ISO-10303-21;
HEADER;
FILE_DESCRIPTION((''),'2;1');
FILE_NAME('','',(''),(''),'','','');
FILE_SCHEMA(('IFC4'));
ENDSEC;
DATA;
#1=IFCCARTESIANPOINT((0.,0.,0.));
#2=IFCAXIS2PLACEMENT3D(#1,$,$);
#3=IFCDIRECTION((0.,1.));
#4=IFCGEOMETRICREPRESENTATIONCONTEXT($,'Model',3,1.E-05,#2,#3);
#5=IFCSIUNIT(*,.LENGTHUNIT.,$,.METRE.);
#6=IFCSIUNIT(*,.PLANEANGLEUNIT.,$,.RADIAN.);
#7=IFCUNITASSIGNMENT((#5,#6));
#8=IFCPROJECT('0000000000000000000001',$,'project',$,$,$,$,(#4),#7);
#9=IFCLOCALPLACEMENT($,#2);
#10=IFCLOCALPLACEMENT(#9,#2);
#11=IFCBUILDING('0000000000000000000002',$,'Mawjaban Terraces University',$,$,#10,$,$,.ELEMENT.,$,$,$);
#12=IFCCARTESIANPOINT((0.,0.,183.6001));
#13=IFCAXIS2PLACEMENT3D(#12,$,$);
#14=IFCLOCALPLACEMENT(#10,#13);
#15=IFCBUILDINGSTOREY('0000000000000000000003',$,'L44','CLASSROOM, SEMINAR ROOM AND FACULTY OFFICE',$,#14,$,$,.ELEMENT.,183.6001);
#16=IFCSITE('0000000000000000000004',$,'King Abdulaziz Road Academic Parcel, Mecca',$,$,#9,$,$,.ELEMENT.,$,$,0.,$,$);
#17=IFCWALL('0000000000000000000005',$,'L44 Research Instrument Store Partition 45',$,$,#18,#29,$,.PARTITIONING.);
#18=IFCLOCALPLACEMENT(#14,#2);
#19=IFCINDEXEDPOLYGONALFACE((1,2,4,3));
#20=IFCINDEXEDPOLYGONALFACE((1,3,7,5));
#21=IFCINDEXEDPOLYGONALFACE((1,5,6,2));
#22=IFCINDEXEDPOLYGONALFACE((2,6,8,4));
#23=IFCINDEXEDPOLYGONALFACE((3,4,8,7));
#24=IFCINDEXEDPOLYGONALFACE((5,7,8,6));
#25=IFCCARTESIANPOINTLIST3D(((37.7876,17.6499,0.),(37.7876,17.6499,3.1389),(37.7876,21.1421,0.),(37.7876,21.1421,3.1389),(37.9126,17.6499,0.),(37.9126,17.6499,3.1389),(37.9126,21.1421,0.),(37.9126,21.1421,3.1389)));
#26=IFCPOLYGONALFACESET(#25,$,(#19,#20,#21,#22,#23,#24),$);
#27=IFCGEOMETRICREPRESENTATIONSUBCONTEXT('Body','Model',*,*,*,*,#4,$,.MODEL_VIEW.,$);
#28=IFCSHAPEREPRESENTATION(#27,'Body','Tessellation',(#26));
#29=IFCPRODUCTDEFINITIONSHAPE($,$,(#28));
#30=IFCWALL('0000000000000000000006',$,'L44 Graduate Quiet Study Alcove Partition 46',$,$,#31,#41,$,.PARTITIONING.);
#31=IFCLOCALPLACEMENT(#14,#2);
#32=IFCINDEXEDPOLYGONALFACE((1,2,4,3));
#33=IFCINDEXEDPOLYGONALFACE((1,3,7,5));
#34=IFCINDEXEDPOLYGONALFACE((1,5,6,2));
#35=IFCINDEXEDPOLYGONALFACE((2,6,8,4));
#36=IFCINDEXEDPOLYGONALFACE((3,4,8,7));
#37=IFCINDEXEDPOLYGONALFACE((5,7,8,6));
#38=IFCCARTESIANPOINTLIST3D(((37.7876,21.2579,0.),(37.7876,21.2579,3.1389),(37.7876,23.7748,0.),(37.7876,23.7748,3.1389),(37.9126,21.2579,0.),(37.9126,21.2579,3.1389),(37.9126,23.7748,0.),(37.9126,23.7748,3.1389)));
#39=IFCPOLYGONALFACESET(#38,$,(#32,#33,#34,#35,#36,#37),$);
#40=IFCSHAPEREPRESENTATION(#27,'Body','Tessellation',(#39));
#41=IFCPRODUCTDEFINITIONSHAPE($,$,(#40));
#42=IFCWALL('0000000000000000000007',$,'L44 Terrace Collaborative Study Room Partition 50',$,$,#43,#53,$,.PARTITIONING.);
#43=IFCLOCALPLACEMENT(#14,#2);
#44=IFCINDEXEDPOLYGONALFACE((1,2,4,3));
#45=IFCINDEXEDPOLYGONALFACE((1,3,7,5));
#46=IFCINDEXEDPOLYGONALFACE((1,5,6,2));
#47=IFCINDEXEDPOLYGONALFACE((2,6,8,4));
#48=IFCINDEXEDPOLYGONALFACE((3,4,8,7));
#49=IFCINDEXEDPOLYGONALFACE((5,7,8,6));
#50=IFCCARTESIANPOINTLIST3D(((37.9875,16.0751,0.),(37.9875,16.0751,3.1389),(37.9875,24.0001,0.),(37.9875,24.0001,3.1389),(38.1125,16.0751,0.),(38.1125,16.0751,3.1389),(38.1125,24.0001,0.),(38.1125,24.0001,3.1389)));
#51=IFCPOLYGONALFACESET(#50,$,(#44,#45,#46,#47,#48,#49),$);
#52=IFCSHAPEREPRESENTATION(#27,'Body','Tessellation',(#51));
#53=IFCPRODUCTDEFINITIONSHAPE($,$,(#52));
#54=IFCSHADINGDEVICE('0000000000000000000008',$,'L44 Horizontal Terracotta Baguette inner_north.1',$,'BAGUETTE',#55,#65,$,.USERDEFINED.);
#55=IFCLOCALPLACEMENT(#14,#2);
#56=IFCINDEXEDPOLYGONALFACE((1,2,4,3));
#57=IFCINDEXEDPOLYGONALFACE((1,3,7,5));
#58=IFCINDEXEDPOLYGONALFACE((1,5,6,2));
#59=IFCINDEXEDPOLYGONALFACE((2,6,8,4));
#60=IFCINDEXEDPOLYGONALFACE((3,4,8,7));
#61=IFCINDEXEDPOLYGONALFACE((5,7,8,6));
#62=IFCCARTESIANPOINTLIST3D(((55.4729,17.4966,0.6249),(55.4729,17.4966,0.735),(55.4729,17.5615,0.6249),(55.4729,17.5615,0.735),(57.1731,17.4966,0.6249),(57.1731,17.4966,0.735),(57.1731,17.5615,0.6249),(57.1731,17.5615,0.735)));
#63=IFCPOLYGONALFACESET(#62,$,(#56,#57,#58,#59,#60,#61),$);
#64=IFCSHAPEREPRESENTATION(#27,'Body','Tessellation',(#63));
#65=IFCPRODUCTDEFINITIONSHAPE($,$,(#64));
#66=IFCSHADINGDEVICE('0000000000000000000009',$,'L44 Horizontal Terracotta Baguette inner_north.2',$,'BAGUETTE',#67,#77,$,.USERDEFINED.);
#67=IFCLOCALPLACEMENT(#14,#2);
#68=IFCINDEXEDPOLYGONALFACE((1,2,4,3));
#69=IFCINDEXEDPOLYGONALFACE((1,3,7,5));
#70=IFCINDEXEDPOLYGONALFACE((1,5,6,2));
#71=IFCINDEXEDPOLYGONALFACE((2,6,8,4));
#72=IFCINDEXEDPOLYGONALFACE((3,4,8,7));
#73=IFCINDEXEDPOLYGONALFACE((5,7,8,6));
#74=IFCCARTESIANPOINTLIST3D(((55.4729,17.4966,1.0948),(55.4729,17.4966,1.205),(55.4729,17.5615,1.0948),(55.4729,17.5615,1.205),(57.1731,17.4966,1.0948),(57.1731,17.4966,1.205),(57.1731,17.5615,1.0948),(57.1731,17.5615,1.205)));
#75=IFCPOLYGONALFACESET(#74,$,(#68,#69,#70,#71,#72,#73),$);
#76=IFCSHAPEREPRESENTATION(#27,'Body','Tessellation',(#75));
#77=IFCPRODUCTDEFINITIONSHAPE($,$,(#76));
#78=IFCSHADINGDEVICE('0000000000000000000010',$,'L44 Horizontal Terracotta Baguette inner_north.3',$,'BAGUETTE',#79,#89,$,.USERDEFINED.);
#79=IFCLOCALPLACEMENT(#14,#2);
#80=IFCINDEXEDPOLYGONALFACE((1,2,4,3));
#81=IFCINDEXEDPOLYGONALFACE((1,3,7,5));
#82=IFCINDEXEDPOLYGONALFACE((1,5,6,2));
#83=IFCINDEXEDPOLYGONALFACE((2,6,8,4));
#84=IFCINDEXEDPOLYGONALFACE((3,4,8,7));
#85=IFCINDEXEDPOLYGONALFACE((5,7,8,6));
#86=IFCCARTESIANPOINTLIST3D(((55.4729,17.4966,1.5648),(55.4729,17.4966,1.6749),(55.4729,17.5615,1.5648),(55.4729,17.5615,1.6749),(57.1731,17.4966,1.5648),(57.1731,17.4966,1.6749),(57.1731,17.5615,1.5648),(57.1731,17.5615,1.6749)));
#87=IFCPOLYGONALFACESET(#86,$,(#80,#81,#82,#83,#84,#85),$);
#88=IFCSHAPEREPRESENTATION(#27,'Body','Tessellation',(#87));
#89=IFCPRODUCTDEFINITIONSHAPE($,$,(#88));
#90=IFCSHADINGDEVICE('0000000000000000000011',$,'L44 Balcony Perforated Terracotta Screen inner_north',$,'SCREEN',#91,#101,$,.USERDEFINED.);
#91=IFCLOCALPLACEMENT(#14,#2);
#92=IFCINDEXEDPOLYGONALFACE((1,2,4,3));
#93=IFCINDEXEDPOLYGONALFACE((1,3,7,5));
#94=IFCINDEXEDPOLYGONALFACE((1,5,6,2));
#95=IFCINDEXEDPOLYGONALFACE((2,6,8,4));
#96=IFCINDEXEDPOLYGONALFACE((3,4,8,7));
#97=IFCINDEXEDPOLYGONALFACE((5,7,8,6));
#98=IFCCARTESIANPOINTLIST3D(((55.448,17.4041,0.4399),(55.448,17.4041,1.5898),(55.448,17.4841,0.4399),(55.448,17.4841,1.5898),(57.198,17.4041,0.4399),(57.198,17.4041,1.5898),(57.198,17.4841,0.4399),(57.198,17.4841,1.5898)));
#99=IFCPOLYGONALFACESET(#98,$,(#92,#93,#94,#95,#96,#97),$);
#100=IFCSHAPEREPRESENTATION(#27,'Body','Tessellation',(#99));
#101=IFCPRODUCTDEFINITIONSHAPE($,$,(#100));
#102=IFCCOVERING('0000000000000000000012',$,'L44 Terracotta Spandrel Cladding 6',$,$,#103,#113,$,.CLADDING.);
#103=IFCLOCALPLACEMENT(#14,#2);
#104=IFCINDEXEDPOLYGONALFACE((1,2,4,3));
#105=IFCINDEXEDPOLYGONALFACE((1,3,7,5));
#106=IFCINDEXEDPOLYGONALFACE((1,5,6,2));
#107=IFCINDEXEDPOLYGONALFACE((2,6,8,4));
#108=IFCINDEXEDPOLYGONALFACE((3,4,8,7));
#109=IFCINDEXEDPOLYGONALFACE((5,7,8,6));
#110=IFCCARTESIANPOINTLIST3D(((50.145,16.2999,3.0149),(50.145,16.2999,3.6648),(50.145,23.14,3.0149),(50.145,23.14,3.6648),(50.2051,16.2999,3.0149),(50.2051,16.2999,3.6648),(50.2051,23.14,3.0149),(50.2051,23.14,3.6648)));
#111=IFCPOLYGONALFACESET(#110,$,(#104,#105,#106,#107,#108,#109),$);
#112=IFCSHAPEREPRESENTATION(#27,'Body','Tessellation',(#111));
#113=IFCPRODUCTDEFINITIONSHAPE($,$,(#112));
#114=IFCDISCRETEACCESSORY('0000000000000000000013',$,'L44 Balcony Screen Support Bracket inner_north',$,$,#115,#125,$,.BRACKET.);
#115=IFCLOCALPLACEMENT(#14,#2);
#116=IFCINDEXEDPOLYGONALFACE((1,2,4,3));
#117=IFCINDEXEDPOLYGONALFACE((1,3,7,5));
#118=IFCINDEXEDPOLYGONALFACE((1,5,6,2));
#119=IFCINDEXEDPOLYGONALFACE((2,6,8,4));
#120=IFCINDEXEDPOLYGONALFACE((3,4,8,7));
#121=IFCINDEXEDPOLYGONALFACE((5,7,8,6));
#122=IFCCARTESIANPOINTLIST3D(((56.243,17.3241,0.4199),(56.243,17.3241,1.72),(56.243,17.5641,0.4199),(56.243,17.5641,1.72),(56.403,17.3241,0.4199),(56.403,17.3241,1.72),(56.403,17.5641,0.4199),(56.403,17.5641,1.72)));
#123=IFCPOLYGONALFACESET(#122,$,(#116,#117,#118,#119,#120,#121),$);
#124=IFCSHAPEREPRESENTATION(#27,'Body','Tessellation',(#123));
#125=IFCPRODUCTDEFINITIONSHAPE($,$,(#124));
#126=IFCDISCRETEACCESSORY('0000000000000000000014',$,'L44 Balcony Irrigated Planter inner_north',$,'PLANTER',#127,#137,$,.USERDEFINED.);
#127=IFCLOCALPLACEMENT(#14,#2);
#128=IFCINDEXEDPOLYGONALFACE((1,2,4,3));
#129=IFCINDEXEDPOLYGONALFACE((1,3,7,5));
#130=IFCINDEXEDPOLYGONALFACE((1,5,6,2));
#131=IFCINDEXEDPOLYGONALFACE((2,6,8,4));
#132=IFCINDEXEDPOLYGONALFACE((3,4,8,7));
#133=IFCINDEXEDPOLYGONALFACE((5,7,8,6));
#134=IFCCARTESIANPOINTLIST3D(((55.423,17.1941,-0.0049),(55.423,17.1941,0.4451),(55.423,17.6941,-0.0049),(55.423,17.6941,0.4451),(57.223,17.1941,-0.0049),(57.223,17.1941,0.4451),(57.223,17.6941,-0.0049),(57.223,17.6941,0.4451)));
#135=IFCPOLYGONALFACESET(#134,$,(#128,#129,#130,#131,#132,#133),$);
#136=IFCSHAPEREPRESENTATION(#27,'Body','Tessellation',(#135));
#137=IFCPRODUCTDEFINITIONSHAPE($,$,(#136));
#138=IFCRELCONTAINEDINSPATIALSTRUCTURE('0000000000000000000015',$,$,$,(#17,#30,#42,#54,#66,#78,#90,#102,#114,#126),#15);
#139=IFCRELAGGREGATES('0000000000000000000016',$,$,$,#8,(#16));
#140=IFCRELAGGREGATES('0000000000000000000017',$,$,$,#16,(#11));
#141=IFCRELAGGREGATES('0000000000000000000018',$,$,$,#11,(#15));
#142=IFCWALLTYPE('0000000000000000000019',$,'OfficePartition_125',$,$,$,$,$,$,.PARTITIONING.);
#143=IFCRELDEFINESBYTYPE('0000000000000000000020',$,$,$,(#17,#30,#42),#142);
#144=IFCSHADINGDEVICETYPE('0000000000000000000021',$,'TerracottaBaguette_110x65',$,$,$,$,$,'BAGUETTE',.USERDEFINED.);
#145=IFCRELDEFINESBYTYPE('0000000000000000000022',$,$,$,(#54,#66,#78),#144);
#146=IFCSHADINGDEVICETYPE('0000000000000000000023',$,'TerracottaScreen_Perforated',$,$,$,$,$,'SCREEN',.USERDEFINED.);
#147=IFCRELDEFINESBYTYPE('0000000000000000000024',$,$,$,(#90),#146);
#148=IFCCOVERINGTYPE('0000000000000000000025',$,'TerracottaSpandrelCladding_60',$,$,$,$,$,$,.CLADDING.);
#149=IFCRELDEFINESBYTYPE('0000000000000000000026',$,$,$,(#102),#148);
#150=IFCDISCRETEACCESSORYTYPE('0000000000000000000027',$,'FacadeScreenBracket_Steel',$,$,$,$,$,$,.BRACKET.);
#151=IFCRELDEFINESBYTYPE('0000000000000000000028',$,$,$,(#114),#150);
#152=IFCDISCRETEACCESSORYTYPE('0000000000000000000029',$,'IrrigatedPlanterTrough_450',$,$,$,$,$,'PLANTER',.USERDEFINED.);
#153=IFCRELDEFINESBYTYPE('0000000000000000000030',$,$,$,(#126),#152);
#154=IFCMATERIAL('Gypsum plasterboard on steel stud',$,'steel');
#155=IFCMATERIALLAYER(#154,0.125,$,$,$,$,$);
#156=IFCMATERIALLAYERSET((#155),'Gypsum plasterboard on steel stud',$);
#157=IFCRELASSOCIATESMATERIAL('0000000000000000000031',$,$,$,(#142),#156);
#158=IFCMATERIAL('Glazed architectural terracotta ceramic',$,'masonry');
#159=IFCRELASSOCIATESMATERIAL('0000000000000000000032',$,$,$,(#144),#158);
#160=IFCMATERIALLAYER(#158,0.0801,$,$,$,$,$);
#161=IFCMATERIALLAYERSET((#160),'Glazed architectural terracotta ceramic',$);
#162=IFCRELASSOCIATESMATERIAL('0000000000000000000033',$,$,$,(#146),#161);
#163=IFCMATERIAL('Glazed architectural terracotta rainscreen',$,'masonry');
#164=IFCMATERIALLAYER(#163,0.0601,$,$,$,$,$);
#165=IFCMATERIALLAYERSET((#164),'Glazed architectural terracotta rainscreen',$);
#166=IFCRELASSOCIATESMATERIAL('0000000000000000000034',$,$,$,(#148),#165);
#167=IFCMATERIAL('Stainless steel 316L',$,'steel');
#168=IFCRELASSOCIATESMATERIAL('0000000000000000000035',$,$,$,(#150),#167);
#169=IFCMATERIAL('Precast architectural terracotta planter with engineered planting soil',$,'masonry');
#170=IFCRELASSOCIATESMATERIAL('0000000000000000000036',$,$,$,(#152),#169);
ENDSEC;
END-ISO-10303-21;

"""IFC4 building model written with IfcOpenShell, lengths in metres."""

from ifc_helpers import new_model, si_unit, direction, frame, frame_2d, origin, origin_2d, place, context, subcontext, project, spatial, rectangle, extrude, material, layer, layer_set, material_profile, profile_set, type_object, element, save


model = new_model("IFC4")

# Units and contexts
model_context = context("Model", 3, precision=1e-05, world=origin(), true_north=direction((0.0, 1.0)))
body_context = subcontext(model_context, "Body", "Model", "MODEL_VIEW")
ifc_project = project(units=[si_unit("LENGTHUNIT", "METRE"), si_unit("PLANEANGLEUNIT", "RADIAN")], contexts=[model_context])

# Site, building, storey
site_placement = place(None, origin())
site = spatial("IfcSite", under=ifc_project, at=site_placement, Name="King Abdulaziz Road Academic Parcel, Mecca", CompositionType="ELEMENT", RefElevation=0.0)
building_placement = place(site_placement, origin())
building = spatial("IfcBuilding", under=site, at=building_placement, Name="Mawjaban Terraces University", CompositionType="ELEMENT")
storey_placement = place(building_placement, frame((0.0, 0.0, 183.6001)))
storey = spatial("IfcBuildingStorey", under=building, at=storey_placement, Name="L44", Description="CLASSROOM, SEMINAR ROOM AND FACULTY OFFICE", CompositionType="ELEMENT", Elevation=183.6001)

# Walls
ifc_material_1 = material(Name="Gypsum plasterboard on steel stud", Category="steel")
ifc_layer_1 = layer(ifc_material_1, 0.125)
ifc_layer_set_1 = layer_set([ifc_layer_1], Name="Gypsum plasterboard on steel stud")
wall_type_1 = type_object("IfcWallType", Name="OfficePartition_125", PredefinedType="PARTITIONING", material=ifc_layer_set_1)
wall_1_placement = place(storey_placement, frame((37.8501, 17.6499, 0.0), z_axis=(0.0, 0.0, 1.0), x_axis=(0.0, 1.0, 0.0)))
element("IfcWall", 1, at=wall_1_placement, inside=storey, type_object=wall_type_1, Name="L44 Research Instrument Store Partition 45", PredefinedType="PARTITIONING", context=body_context, shape_type="SweptSolid", body=[
    extrude(rectangle(XDim=3.4922, YDim=0.125, at=frame_2d((1.7461, 0.0))), origin(), (0.0, 0.0, 1.0), 3.1389),
])
wall_2_placement = place(storey_placement, frame((37.8501, 21.2581, 0.0), z_axis=(0.0, 0.0, 1.0), x_axis=(0.0, 1.0, 0.0)))
element("IfcWall", 2, at=wall_2_placement, inside=storey, type_object=wall_type_1, Name="L44 Graduate Quiet Study Alcove Partition 46", PredefinedType="PARTITIONING", context=body_context, shape_type="SweptSolid", body=[
    extrude(rectangle(XDim=2.5168, YDim=0.125, at=frame_2d((1.2583, 0.0))), origin(), (0.0, 0.0, 1.0), 3.1389),
])
wall_3_placement = place(storey_placement, frame((38.05, 24.0, 0.0), z_axis=(0.0, 0.0, 1.0), x_axis=(0.0, -1.0, 0.0)))
element("IfcWall", 3, at=wall_3_placement, inside=storey, type_object=wall_type_1, Name="L44 Terrace Collaborative Study Room Partition 50", PredefinedType="PARTITIONING", context=body_context, shape_type="SweptSolid", body=[
    extrude(rectangle(XDim=7.925, YDim=0.125, at=frame_2d((3.9624, 0.0))), origin(), (0.0, 0.0, 1.0), 3.1389),
])

# Shading devices
ifc_material_2 = material(Name="Glazed architectural terracotta ceramic", Category="masonry")
ifc_material_profile_1 = material_profile(ifc_material_2, rectangle(XDim=0.0649, YDim=0.1101, at=origin_2d()), Name="TBAG110X65")
ifc_profile_set_1 = profile_set([ifc_material_profile_1], Name="Glazed architectural terracotta ceramic")
shading_device_type_1 = type_object("IfcShadingDeviceType", Name="TerracottaBaguette_110x65", ElementType="BAGUETTE", PredefinedType="USERDEFINED", material=ifc_profile_set_1)
for number, where, z_axis, x_axis, name in (
    (4, (55.4729, 17.5291, 0.6799), (1.0, 0.0, 0.0), (0.0, 1.0, 0.0), "L44 Horizontal Terracotta Baguette inner_north.1"),
    (5, (55.4729, 17.5291, 1.1499), (1.0, 0.0, 0.0), (0.0, 1.0, 0.0), "L44 Horizontal Terracotta Baguette inner_north.2"),
    (6, (55.4729, 17.5291, 1.6199), (1.0, 0.0, 0.0), (0.0, 1.0, 0.0), "L44 Horizontal Terracotta Baguette inner_north.3"),
):
    element("IfcShadingDevice", number, at=place(storey_placement, frame(where, z_axis=z_axis, x_axis=x_axis)), inside=storey, type_object=shading_device_type_1, Name=name, ObjectType="BAGUETTE", PredefinedType="USERDEFINED", context=body_context, shape_type="SweptSolid", body=[
        extrude(rectangle(XDim=0.0649, YDim=0.1101, at=origin_2d()), origin(), (0.0, 0.0, 1.0), 1.7002),
    ])
ifc_layer_2 = layer(ifc_material_2, 0.0801)
ifc_layer_set_2 = layer_set([ifc_layer_2], Name="Glazed architectural terracotta ceramic")
shading_device_type_2 = type_object("IfcShadingDeviceType", Name="TerracottaScreen_Perforated", ElementType="SCREEN", PredefinedType="USERDEFINED", material=ifc_layer_set_2)
shading_device_placement = place(storey_placement, frame((56.323, 17.4441, 0.4399), z_axis=(0.0, 0.0, 1.0), x_axis=(1.0, 0.0, 0.0)))
element("IfcShadingDevice", 7, at=shading_device_placement, inside=storey, type_object=shading_device_type_2, Name="L44 Balcony Perforated Terracotta Screen inner_north", ObjectType="SCREEN", PredefinedType="USERDEFINED", context=body_context, shape_type="SweptSolid", body=[
    extrude(rectangle(XDim=1.75, YDim=0.0801, at=origin_2d()), origin(), (0.0, 0.0, 1.0), 1.1499),
])

# Covering
ifc_material_3 = material(Name="Glazed architectural terracotta rainscreen", Category="masonry")
ifc_layer_3 = layer(ifc_material_3, 0.0601)
ifc_layer_set_3 = layer_set([ifc_layer_3], Name="Glazed architectural terracotta rainscreen")
covering_type = type_object("IfcCoveringType", Name="TerracottaSpandrelCladding_60", PredefinedType="CLADDING", material=ifc_layer_set_3)
covering_placement = place(storey_placement, frame((50.175, 19.72, 3.0149), z_axis=(0.0, 0.0, 1.0), x_axis=(0.0, 1.0, 0.0)))
element("IfcCovering", 8, at=covering_placement, inside=storey, type_object=covering_type, Name="L44 Terracotta Spandrel Cladding 6", PredefinedType="CLADDING", context=body_context, shape_type="SweptSolid", body=[
    extrude(rectangle(XDim=6.8401, YDim=0.0601, at=origin_2d()), origin(), (0.0, 0.0, 1.0), 0.6499),
])

# Discrete accessories
ifc_material_4 = material(Name="Stainless steel 316L", Category="steel")
discrete_accessory_type_1 = type_object("IfcDiscreteAccessoryType", Name="FacadeScreenBracket_Steel", PredefinedType="BRACKET", material=ifc_material_4)
discrete_accessory_1_placement = place(storey_placement, frame((56.323, 17.4441, 0.4199), z_axis=(0.0, 0.0, 1.0), x_axis=(1.0, 0.0, 0.0)))
element("IfcDiscreteAccessory", 9, at=discrete_accessory_1_placement, inside=storey, type_object=discrete_accessory_type_1, Name="L44 Balcony Screen Support Bracket inner_north", PredefinedType="BRACKET", context=body_context, shape_type="SweptSolid", body=[
    extrude(rectangle(XDim=0.1599, YDim=0.24, at=origin_2d()), origin(), (0.0, 0.0, 1.0), 1.3),
])
ifc_material_5 = material(Name="Precast architectural terracotta planter with engineered planting soil", Category="masonry")
discrete_accessory_type_2 = type_object("IfcDiscreteAccessoryType", Name="IrrigatedPlanterTrough_450", ElementType="PLANTER", PredefinedType="USERDEFINED", material=ifc_material_5)
discrete_accessory_2_placement = place(storey_placement, frame((56.323, 17.4441, -0.0049), z_axis=(0.0, 0.0, 1.0), x_axis=(1.0, 0.0, 0.0)))
element("IfcDiscreteAccessory", 10, at=discrete_accessory_2_placement, inside=storey, type_object=discrete_accessory_type_2, Name="L44 Balcony Irrigated Planter inner_north", ObjectType="PLANTER", PredefinedType="USERDEFINED", context=body_context, shape_type="SweptSolid", body=[
    extrude(rectangle(XDim=1.8, YDim=0.5, at=origin_2d()), origin(), (0.0, 0.0, 1.0), 0.45),
])

save(model, "model.ifc")
